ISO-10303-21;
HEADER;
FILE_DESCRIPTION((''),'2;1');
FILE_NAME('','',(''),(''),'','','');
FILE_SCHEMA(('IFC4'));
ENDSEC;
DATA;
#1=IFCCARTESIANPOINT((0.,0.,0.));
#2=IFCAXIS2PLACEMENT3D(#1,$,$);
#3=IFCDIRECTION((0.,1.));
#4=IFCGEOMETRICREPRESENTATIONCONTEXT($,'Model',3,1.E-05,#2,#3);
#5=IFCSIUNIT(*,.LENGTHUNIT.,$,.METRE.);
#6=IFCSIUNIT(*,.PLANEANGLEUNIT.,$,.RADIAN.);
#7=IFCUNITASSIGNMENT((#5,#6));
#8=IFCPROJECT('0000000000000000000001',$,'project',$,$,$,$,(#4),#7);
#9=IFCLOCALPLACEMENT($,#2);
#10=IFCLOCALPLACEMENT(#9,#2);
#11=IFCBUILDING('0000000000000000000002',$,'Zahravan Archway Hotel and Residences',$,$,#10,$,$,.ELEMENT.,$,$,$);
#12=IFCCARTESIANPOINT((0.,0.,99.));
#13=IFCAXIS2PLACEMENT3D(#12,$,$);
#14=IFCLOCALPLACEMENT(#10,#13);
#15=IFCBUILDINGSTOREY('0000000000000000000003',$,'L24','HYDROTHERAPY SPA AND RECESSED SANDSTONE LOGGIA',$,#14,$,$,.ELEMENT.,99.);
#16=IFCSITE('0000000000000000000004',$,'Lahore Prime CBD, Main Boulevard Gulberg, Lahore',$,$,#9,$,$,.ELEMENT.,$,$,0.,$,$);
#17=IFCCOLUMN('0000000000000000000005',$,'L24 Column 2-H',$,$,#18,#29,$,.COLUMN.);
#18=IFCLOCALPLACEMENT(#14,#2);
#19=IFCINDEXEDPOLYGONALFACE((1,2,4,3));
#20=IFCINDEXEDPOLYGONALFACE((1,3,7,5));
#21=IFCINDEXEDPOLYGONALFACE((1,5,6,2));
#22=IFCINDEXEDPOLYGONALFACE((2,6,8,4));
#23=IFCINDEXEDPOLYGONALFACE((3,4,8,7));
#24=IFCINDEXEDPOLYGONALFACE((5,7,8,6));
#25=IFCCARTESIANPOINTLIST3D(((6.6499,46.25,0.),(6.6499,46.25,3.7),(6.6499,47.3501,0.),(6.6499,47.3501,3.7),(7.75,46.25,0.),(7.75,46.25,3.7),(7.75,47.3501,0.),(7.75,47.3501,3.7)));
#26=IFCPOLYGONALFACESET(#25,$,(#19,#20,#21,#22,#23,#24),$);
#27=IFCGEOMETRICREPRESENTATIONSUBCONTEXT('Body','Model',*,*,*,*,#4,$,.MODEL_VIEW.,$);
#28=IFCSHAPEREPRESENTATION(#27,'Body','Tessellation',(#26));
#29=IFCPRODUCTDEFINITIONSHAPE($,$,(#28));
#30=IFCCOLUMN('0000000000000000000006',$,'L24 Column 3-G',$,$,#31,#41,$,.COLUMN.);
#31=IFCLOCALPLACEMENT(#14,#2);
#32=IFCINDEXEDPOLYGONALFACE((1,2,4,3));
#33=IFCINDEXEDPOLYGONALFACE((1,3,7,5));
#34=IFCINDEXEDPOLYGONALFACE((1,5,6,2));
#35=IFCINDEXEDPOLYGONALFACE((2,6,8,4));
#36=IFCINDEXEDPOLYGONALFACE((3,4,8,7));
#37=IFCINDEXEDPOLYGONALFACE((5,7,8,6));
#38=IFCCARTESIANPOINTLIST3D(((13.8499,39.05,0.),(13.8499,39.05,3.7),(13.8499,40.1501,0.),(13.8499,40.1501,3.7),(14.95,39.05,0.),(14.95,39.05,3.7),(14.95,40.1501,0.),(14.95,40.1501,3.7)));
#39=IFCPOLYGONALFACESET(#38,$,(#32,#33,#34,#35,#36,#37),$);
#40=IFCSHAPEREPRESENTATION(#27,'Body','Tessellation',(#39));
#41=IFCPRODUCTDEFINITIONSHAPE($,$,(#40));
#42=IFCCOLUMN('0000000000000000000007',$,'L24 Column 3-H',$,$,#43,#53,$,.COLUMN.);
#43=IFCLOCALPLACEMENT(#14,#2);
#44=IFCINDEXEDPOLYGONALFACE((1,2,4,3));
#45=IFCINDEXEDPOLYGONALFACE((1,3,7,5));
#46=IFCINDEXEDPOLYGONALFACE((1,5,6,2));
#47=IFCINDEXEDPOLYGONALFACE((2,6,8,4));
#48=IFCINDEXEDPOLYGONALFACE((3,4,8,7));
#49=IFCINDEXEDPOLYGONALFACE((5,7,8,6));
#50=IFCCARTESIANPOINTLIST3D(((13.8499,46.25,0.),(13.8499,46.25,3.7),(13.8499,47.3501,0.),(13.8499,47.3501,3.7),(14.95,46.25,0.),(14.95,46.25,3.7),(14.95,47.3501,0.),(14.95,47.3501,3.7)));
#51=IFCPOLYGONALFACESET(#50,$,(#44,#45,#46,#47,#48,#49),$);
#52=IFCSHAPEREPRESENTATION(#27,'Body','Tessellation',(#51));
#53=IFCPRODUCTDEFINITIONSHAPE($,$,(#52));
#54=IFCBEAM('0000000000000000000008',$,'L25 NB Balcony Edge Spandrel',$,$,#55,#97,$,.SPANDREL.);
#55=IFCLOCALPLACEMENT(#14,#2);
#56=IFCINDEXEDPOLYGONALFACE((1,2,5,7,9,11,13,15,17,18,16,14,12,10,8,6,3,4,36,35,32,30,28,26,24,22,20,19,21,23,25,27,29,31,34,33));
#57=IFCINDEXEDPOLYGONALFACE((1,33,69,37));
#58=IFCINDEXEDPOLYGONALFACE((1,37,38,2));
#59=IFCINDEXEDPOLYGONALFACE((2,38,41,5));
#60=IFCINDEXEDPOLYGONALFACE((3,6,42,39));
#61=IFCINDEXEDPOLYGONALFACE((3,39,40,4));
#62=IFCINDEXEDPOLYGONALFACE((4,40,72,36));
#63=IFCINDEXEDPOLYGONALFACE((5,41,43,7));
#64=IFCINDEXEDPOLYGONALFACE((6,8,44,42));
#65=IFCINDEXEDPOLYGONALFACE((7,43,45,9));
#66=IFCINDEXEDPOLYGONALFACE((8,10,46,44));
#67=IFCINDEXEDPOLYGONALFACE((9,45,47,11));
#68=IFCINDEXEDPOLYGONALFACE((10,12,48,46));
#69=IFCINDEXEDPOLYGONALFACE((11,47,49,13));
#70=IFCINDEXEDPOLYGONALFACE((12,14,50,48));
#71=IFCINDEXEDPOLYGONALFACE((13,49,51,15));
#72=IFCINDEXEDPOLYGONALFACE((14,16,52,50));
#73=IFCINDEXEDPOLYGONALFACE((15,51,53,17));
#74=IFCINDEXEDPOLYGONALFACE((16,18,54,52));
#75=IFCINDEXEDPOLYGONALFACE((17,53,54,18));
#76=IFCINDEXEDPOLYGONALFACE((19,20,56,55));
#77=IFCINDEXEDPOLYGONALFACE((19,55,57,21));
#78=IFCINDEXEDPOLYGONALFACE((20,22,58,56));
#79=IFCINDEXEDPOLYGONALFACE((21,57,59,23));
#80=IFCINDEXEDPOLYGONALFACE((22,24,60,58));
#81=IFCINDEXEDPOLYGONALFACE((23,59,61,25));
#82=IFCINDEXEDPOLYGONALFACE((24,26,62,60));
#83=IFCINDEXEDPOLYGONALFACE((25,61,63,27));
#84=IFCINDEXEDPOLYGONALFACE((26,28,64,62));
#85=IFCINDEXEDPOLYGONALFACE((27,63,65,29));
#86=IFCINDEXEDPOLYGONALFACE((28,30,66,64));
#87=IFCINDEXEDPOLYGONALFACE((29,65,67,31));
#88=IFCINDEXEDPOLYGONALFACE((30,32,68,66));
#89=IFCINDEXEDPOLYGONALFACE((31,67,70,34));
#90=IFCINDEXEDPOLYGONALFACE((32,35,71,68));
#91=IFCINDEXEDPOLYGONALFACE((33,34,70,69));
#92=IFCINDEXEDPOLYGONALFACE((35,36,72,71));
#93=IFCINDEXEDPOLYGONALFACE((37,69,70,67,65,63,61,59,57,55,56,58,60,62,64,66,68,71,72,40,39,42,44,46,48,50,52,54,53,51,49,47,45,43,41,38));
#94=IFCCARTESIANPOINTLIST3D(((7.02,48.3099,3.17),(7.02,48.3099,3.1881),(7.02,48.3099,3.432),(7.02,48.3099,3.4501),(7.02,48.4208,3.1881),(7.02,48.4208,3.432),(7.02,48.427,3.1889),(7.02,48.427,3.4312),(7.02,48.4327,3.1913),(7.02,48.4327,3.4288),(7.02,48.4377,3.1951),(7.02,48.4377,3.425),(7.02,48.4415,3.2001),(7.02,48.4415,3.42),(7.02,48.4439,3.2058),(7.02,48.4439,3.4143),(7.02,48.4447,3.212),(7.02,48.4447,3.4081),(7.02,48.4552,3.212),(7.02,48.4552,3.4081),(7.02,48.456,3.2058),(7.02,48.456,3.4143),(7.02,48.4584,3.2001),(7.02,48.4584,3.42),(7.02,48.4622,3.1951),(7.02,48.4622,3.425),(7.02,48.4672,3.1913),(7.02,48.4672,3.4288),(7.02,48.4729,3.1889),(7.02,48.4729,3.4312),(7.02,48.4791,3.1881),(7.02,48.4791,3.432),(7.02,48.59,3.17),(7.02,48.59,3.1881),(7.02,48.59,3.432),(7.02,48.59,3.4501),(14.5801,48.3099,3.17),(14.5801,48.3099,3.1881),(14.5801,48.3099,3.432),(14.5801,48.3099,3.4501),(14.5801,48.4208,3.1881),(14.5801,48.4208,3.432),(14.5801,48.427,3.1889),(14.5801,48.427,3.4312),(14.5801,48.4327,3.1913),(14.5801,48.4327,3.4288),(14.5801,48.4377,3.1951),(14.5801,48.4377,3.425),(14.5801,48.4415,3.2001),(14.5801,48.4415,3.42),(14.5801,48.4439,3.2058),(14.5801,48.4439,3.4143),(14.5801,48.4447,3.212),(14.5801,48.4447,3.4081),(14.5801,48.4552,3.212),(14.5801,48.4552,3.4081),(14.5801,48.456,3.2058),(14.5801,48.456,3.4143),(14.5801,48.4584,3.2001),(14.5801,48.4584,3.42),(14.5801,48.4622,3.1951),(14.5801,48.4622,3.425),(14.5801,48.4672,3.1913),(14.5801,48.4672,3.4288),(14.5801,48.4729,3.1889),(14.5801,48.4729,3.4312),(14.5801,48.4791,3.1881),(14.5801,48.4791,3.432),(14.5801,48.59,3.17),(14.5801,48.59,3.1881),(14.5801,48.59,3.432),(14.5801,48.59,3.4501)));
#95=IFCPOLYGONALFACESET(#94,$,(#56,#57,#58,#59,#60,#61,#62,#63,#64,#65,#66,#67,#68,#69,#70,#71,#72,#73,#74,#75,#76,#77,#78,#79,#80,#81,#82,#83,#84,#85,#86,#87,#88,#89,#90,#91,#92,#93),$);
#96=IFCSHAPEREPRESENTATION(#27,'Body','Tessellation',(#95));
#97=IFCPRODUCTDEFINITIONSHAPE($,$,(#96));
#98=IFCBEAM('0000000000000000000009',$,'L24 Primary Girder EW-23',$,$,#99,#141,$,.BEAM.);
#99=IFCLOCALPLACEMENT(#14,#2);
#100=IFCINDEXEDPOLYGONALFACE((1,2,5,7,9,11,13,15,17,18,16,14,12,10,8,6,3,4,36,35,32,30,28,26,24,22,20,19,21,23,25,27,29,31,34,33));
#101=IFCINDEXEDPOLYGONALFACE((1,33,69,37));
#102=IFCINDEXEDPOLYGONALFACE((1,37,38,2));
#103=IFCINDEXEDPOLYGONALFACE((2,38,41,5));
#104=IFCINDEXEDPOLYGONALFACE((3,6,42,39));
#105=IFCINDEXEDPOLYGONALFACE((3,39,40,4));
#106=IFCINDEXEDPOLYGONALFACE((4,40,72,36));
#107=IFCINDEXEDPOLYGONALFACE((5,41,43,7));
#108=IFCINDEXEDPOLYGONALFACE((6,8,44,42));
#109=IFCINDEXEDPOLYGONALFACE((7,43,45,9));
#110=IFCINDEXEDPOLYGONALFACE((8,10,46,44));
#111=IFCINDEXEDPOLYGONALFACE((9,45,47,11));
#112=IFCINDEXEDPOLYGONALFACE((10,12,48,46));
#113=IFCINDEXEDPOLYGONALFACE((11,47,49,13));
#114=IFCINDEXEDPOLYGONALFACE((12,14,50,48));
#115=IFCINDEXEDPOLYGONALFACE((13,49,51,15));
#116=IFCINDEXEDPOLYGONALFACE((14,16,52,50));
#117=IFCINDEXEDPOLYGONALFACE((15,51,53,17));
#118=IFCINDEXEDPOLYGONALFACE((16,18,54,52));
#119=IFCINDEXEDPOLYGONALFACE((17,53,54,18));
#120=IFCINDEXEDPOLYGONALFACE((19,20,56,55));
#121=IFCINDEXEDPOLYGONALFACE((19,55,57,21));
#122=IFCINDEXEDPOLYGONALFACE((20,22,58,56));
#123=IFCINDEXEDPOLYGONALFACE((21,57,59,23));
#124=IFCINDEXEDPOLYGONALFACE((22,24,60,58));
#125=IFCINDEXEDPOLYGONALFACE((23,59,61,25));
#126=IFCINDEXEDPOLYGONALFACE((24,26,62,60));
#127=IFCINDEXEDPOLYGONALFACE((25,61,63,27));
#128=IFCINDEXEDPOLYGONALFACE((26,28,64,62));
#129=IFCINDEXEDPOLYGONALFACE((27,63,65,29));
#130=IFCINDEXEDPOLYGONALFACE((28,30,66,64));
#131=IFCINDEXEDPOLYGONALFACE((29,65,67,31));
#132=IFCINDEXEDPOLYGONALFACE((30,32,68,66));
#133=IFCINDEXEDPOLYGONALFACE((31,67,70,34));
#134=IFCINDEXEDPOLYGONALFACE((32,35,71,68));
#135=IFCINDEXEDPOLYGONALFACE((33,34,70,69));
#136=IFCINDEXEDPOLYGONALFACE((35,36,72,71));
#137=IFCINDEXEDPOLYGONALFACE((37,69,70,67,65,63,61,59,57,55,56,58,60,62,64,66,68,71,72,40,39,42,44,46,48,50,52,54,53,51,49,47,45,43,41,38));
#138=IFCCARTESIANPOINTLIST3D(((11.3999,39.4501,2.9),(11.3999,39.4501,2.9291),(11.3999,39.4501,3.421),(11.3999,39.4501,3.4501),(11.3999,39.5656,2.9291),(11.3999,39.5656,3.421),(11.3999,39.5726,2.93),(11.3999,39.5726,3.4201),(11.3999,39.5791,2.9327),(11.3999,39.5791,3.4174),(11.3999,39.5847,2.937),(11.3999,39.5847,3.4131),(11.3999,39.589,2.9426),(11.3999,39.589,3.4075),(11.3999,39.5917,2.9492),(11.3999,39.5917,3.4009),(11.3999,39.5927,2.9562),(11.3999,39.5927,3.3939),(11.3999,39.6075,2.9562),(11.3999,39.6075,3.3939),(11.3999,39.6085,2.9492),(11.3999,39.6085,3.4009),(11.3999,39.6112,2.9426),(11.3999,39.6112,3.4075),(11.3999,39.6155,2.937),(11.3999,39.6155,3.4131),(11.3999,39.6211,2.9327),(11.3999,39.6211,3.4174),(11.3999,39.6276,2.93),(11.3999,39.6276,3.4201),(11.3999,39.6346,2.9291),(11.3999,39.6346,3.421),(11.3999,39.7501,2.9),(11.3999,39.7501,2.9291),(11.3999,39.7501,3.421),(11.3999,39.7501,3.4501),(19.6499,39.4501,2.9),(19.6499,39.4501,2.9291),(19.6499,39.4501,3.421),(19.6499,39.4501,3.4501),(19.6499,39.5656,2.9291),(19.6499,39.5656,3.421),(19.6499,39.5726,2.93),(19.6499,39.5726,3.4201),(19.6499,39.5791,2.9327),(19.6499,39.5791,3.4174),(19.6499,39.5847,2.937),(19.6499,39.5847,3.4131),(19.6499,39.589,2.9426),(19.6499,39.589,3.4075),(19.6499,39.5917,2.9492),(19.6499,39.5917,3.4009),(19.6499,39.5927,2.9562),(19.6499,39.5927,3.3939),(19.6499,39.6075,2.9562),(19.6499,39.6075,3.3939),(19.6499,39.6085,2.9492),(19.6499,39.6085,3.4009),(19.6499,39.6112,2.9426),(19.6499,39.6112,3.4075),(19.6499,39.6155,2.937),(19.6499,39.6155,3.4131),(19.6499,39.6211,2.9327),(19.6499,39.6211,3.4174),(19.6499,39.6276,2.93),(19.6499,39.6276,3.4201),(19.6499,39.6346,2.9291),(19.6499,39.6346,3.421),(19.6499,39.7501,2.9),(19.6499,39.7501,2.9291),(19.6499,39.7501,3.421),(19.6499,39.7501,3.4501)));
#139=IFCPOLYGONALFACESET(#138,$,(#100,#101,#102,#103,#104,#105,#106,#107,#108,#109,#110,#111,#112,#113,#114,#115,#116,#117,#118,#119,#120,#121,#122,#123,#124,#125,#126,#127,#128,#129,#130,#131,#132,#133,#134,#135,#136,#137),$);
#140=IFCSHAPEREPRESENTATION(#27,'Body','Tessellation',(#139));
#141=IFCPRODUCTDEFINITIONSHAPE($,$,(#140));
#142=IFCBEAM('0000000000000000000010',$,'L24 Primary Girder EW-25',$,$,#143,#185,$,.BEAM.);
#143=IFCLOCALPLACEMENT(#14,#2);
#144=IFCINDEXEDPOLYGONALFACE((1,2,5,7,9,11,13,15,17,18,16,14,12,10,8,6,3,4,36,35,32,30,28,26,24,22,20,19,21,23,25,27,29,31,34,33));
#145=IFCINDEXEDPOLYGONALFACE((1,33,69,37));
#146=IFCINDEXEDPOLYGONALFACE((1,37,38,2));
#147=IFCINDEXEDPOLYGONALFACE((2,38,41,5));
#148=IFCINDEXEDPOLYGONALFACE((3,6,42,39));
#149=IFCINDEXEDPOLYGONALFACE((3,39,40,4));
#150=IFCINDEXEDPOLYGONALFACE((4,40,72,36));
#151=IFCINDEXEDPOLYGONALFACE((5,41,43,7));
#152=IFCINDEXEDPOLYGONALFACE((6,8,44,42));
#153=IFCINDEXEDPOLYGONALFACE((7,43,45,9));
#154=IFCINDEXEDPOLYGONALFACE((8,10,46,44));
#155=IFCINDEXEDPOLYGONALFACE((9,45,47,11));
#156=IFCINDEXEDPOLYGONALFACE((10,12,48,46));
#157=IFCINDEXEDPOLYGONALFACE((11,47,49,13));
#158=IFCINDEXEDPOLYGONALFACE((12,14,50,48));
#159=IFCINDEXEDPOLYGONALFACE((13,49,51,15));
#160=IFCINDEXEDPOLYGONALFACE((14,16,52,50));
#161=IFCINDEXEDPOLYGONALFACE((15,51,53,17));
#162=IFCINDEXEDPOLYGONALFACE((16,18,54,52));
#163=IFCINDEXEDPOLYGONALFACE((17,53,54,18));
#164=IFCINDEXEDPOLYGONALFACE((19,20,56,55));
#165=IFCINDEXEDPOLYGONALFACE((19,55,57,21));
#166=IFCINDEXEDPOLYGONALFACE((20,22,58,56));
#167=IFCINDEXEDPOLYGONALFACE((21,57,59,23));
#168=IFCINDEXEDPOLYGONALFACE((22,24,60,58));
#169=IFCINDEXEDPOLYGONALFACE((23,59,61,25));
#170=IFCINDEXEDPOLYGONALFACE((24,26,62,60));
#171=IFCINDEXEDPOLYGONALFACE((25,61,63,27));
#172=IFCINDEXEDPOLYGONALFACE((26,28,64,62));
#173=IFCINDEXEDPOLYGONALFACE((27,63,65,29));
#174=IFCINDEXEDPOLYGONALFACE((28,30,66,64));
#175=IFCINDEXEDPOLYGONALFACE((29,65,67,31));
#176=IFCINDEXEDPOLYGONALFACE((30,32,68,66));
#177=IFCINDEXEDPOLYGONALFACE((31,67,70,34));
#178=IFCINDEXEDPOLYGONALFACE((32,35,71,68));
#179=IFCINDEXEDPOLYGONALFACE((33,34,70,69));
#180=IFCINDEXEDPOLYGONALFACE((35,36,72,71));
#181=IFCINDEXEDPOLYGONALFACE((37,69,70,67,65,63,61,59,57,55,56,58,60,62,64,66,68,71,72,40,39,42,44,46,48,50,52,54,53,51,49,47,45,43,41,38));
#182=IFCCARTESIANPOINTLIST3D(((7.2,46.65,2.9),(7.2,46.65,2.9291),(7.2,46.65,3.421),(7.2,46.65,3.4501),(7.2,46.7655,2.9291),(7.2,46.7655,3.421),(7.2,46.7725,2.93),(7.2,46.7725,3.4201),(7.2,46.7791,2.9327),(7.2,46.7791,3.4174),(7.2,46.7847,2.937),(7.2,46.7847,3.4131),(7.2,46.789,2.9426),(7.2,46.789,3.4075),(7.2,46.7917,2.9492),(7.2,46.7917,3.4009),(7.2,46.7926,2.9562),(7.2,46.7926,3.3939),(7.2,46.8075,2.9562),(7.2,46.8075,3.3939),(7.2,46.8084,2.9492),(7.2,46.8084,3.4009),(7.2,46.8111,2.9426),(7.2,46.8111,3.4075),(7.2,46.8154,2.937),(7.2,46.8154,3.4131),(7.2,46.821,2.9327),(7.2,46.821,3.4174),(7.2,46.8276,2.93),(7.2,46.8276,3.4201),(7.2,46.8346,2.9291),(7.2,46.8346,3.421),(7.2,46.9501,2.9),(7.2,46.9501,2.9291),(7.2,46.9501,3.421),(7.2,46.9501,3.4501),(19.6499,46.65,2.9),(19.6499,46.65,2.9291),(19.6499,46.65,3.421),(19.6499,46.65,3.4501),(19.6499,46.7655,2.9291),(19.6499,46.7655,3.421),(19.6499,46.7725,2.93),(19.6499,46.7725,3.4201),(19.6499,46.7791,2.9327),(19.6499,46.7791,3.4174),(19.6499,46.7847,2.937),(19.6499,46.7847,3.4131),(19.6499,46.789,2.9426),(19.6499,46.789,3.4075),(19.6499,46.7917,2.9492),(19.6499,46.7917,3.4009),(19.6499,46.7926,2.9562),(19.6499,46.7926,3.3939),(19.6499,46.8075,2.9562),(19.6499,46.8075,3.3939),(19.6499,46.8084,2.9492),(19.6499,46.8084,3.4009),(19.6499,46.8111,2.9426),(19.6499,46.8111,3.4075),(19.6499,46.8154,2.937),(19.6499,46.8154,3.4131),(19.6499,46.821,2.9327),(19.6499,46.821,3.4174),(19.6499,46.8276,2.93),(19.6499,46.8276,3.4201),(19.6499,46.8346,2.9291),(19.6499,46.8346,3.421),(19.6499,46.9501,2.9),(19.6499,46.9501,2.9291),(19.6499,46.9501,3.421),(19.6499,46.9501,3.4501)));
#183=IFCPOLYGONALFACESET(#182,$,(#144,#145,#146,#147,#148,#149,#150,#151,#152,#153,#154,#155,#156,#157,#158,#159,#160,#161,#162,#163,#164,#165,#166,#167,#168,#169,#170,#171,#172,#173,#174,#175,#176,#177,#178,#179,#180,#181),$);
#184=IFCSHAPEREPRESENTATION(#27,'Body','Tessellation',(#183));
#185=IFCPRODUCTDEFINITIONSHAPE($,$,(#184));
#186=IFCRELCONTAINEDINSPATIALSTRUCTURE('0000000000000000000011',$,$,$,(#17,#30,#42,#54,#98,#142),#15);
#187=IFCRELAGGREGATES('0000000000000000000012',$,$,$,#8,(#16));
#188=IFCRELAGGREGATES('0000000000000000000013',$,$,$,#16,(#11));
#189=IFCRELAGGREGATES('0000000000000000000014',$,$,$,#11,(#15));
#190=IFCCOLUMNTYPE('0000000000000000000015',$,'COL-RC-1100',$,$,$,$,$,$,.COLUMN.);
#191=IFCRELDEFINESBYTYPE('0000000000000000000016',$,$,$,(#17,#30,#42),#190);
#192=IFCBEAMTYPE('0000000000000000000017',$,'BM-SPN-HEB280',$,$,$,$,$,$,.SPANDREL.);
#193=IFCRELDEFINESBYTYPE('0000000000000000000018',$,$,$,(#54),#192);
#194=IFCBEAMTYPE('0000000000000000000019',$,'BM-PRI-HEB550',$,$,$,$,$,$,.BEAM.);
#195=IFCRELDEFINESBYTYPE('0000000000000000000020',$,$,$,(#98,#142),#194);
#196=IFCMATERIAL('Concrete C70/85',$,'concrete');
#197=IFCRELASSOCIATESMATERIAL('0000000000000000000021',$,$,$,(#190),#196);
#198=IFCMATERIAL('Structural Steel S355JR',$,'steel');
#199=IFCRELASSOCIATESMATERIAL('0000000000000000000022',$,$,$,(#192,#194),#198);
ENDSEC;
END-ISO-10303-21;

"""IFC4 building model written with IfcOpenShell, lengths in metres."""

from ifc_helpers import new_model, si_unit, direction, frame, origin, origin_2d, place, context, subcontext, project, spatial, rectangle, i_section, extrude, source, transform, mapped, material, material_profile, profile_set, type_object, type_shapes, element, save


model = new_model("IFC4")

# Units and contexts
model_context = context("Model", 3, precision=1e-05, world=origin(), true_north=direction((0.0, 1.0)))
body_context = subcontext(model_context, "Body", "Model", "MODEL_VIEW")
ifc_project = project(units=[si_unit("LENGTHUNIT", "METRE"), si_unit("PLANEANGLEUNIT", "RADIAN")], contexts=[model_context])

# Site, building, storey
site_placement = place(None, origin())
site = spatial("IfcSite", under=ifc_project, at=site_placement, Name="Lahore Prime CBD, Main Boulevard Gulberg, Lahore", CompositionType="ELEMENT", RefElevation=0.0)
building_placement = place(site_placement, origin())
building = spatial("IfcBuilding", under=site, at=building_placement, Name="Zahravan Archway Hotel and Residences", CompositionType="ELEMENT")
storey_placement = place(building_placement, frame((0.0, 0.0, 99.0)))
storey = spatial("IfcBuildingStorey", under=building, at=storey_placement, Name="L24", Description="HYDROTHERAPY SPA AND RECESSED SANDSTONE LOGGIA", CompositionType="ELEMENT", Elevation=99.0)

# Columns
ifc_material_1 = material(Name="Concrete C70/85", Category="concrete")
ifc_material_profile_1 = material_profile(ifc_material_1, rectangle(XDim=1.1001, YDim=1.1001, at=origin_2d()), Name="RC 1100x1100", Category="concrete")
ifc_profile_set_1 = profile_set([ifc_material_profile_1], Name="Concrete C70/85")
column_type = type_object("IfcColumnType", Name="COL-RC-1100", PredefinedType="COLUMN", material=ifc_profile_set_1)
shared_shape_1 = source(origin(), body_context, "Body", "SweptSolid", [
    extrude(rectangle(XDim=1.1001, YDim=1.1001, at=origin_2d()), origin(), (0.0, 0.0, 1.0), 3.7),
])
for number, where, z_axis, x_axis, name in (
    (1, (7.2, 46.8, 0.0), (0.0, 0.0, 1.0), (1.0, 0.0, 0.0), "L24 Column 2-H"),
    (2, (14.3999, 39.6001, 0.0), (0.0, 0.0, 1.0), (1.0, 0.0, 0.0), "L24 Column 3-G"),
    (3, (14.3999, 46.8, 0.0), (0.0, 0.0, 1.0), (1.0, 0.0, 0.0), "L24 Column 3-H"),
):
    element("IfcColumn", number, at=place(storey_placement, frame(where, z_axis=z_axis, x_axis=x_axis)), inside=storey, type_object=column_type, Name=name, PredefinedType="COLUMN", context=body_context, shape_type="MappedRepresentation", body=[
        mapped(shared_shape_1, transform((0.0, 0.0, 0.0), scale=1.0)),
    ])

# Beams
ifc_material_2 = material(Name="Structural Steel S355JR", Category="steel")
ifc_material_profile_2 = material_profile(ifc_material_2, i_section(OverallWidth=0.28, OverallDepth=0.28, WebThickness=0.0105, FlangeThickness=0.0181, FilletRadius=0.0239, at=origin_2d()), Name="HEB 280", Category="steel")
ifc_profile_set_2 = profile_set([ifc_material_profile_2], Name="Structural Steel S355JR")
beam_type_1 = type_object("IfcBeamType", Name="BM-SPN-HEB280", PredefinedType="SPANDREL", material=ifc_profile_set_2)
shared_shape_2 = source(origin(), body_context, "Body", "SweptSolid", [
    extrude(i_section(OverallWidth=0.28, OverallDepth=0.28, WebThickness=0.0105, FlangeThickness=0.0181, FilletRadius=0.0239, at=origin_2d()), origin(), (0.0, 0.0, 1.0), 7.5601),
])
type_shapes(beam_type_1, [shared_shape_2])
beam_1_placement = place(storey_placement, frame((7.02, 48.45, 3.3101), z_axis=(1.0, 0.0, 0.0), x_axis=(0.0, 1.0, 0.0)))
element("IfcBeam", 4, at=beam_1_placement, inside=storey, type_object=beam_type_1, Name="L25 NB Balcony Edge Spandrel", PredefinedType="SPANDREL", context=body_context, shape_type="MappedRepresentation", body=[
    mapped(shared_shape_2, transform((0.0, 0.0, 0.0), scale=1.0)),
])
ifc_material_profile_3 = material_profile(ifc_material_2, i_section(OverallWidth=0.3, OverallDepth=0.55, WebThickness=0.0149, FlangeThickness=0.0291, FilletRadius=0.0271, at=origin_2d()), Name="HEB 550", Category="steel")
ifc_profile_set_3 = profile_set([ifc_material_profile_3], Name="Structural Steel S355JR")
beam_type_2 = type_object("IfcBeamType", Name="BM-PRI-HEB550", PredefinedType="BEAM", material=ifc_profile_set_3)
shared_shape_3 = source(origin(), body_context, "Body", "SweptSolid", [
    extrude(i_section(OverallWidth=0.3, OverallDepth=0.55, WebThickness=0.0149, FlangeThickness=0.0291, FilletRadius=0.0271, at=origin_2d()), origin(), (0.0, 0.0, 1.0), 8.25),
])
beam_2_placement = place(storey_placement, frame((11.3999, 39.6001, 3.175), z_axis=(1.0, 0.0, 0.0), x_axis=(0.0, 1.0, 0.0)))
element("IfcBeam", 5, at=beam_2_placement, inside=storey, type_object=beam_type_2, Name="L24 Primary Girder EW-23", PredefinedType="BEAM", context=body_context, shape_type="MappedRepresentation", body=[
    mapped(shared_shape_3, transform((0.0, 0.0, 0.0), scale=1.0)),
])
shared_shape_4 = source(origin(), body_context, "Body", "SweptSolid", [
    extrude(i_section(OverallWidth=0.3, OverallDepth=0.55, WebThickness=0.0149, FlangeThickness=0.0291, FilletRadius=0.0271, at=origin_2d()), origin(), (0.0, 0.0, 1.0), 12.45),
])
beam_3_placement = place(storey_placement, frame((7.2, 46.8, 3.175), z_axis=(1.0, 0.0, 0.0), x_axis=(0.0, 1.0, 0.0)))
element("IfcBeam", 6, at=beam_3_placement, inside=storey, type_object=beam_type_2, Name="L24 Primary Girder EW-25", PredefinedType="BEAM", context=body_context, shape_type="MappedRepresentation", body=[
    mapped(shared_shape_4, transform((0.0, 0.0, 0.0), scale=1.0)),
])

save(model, "model.ifc")
